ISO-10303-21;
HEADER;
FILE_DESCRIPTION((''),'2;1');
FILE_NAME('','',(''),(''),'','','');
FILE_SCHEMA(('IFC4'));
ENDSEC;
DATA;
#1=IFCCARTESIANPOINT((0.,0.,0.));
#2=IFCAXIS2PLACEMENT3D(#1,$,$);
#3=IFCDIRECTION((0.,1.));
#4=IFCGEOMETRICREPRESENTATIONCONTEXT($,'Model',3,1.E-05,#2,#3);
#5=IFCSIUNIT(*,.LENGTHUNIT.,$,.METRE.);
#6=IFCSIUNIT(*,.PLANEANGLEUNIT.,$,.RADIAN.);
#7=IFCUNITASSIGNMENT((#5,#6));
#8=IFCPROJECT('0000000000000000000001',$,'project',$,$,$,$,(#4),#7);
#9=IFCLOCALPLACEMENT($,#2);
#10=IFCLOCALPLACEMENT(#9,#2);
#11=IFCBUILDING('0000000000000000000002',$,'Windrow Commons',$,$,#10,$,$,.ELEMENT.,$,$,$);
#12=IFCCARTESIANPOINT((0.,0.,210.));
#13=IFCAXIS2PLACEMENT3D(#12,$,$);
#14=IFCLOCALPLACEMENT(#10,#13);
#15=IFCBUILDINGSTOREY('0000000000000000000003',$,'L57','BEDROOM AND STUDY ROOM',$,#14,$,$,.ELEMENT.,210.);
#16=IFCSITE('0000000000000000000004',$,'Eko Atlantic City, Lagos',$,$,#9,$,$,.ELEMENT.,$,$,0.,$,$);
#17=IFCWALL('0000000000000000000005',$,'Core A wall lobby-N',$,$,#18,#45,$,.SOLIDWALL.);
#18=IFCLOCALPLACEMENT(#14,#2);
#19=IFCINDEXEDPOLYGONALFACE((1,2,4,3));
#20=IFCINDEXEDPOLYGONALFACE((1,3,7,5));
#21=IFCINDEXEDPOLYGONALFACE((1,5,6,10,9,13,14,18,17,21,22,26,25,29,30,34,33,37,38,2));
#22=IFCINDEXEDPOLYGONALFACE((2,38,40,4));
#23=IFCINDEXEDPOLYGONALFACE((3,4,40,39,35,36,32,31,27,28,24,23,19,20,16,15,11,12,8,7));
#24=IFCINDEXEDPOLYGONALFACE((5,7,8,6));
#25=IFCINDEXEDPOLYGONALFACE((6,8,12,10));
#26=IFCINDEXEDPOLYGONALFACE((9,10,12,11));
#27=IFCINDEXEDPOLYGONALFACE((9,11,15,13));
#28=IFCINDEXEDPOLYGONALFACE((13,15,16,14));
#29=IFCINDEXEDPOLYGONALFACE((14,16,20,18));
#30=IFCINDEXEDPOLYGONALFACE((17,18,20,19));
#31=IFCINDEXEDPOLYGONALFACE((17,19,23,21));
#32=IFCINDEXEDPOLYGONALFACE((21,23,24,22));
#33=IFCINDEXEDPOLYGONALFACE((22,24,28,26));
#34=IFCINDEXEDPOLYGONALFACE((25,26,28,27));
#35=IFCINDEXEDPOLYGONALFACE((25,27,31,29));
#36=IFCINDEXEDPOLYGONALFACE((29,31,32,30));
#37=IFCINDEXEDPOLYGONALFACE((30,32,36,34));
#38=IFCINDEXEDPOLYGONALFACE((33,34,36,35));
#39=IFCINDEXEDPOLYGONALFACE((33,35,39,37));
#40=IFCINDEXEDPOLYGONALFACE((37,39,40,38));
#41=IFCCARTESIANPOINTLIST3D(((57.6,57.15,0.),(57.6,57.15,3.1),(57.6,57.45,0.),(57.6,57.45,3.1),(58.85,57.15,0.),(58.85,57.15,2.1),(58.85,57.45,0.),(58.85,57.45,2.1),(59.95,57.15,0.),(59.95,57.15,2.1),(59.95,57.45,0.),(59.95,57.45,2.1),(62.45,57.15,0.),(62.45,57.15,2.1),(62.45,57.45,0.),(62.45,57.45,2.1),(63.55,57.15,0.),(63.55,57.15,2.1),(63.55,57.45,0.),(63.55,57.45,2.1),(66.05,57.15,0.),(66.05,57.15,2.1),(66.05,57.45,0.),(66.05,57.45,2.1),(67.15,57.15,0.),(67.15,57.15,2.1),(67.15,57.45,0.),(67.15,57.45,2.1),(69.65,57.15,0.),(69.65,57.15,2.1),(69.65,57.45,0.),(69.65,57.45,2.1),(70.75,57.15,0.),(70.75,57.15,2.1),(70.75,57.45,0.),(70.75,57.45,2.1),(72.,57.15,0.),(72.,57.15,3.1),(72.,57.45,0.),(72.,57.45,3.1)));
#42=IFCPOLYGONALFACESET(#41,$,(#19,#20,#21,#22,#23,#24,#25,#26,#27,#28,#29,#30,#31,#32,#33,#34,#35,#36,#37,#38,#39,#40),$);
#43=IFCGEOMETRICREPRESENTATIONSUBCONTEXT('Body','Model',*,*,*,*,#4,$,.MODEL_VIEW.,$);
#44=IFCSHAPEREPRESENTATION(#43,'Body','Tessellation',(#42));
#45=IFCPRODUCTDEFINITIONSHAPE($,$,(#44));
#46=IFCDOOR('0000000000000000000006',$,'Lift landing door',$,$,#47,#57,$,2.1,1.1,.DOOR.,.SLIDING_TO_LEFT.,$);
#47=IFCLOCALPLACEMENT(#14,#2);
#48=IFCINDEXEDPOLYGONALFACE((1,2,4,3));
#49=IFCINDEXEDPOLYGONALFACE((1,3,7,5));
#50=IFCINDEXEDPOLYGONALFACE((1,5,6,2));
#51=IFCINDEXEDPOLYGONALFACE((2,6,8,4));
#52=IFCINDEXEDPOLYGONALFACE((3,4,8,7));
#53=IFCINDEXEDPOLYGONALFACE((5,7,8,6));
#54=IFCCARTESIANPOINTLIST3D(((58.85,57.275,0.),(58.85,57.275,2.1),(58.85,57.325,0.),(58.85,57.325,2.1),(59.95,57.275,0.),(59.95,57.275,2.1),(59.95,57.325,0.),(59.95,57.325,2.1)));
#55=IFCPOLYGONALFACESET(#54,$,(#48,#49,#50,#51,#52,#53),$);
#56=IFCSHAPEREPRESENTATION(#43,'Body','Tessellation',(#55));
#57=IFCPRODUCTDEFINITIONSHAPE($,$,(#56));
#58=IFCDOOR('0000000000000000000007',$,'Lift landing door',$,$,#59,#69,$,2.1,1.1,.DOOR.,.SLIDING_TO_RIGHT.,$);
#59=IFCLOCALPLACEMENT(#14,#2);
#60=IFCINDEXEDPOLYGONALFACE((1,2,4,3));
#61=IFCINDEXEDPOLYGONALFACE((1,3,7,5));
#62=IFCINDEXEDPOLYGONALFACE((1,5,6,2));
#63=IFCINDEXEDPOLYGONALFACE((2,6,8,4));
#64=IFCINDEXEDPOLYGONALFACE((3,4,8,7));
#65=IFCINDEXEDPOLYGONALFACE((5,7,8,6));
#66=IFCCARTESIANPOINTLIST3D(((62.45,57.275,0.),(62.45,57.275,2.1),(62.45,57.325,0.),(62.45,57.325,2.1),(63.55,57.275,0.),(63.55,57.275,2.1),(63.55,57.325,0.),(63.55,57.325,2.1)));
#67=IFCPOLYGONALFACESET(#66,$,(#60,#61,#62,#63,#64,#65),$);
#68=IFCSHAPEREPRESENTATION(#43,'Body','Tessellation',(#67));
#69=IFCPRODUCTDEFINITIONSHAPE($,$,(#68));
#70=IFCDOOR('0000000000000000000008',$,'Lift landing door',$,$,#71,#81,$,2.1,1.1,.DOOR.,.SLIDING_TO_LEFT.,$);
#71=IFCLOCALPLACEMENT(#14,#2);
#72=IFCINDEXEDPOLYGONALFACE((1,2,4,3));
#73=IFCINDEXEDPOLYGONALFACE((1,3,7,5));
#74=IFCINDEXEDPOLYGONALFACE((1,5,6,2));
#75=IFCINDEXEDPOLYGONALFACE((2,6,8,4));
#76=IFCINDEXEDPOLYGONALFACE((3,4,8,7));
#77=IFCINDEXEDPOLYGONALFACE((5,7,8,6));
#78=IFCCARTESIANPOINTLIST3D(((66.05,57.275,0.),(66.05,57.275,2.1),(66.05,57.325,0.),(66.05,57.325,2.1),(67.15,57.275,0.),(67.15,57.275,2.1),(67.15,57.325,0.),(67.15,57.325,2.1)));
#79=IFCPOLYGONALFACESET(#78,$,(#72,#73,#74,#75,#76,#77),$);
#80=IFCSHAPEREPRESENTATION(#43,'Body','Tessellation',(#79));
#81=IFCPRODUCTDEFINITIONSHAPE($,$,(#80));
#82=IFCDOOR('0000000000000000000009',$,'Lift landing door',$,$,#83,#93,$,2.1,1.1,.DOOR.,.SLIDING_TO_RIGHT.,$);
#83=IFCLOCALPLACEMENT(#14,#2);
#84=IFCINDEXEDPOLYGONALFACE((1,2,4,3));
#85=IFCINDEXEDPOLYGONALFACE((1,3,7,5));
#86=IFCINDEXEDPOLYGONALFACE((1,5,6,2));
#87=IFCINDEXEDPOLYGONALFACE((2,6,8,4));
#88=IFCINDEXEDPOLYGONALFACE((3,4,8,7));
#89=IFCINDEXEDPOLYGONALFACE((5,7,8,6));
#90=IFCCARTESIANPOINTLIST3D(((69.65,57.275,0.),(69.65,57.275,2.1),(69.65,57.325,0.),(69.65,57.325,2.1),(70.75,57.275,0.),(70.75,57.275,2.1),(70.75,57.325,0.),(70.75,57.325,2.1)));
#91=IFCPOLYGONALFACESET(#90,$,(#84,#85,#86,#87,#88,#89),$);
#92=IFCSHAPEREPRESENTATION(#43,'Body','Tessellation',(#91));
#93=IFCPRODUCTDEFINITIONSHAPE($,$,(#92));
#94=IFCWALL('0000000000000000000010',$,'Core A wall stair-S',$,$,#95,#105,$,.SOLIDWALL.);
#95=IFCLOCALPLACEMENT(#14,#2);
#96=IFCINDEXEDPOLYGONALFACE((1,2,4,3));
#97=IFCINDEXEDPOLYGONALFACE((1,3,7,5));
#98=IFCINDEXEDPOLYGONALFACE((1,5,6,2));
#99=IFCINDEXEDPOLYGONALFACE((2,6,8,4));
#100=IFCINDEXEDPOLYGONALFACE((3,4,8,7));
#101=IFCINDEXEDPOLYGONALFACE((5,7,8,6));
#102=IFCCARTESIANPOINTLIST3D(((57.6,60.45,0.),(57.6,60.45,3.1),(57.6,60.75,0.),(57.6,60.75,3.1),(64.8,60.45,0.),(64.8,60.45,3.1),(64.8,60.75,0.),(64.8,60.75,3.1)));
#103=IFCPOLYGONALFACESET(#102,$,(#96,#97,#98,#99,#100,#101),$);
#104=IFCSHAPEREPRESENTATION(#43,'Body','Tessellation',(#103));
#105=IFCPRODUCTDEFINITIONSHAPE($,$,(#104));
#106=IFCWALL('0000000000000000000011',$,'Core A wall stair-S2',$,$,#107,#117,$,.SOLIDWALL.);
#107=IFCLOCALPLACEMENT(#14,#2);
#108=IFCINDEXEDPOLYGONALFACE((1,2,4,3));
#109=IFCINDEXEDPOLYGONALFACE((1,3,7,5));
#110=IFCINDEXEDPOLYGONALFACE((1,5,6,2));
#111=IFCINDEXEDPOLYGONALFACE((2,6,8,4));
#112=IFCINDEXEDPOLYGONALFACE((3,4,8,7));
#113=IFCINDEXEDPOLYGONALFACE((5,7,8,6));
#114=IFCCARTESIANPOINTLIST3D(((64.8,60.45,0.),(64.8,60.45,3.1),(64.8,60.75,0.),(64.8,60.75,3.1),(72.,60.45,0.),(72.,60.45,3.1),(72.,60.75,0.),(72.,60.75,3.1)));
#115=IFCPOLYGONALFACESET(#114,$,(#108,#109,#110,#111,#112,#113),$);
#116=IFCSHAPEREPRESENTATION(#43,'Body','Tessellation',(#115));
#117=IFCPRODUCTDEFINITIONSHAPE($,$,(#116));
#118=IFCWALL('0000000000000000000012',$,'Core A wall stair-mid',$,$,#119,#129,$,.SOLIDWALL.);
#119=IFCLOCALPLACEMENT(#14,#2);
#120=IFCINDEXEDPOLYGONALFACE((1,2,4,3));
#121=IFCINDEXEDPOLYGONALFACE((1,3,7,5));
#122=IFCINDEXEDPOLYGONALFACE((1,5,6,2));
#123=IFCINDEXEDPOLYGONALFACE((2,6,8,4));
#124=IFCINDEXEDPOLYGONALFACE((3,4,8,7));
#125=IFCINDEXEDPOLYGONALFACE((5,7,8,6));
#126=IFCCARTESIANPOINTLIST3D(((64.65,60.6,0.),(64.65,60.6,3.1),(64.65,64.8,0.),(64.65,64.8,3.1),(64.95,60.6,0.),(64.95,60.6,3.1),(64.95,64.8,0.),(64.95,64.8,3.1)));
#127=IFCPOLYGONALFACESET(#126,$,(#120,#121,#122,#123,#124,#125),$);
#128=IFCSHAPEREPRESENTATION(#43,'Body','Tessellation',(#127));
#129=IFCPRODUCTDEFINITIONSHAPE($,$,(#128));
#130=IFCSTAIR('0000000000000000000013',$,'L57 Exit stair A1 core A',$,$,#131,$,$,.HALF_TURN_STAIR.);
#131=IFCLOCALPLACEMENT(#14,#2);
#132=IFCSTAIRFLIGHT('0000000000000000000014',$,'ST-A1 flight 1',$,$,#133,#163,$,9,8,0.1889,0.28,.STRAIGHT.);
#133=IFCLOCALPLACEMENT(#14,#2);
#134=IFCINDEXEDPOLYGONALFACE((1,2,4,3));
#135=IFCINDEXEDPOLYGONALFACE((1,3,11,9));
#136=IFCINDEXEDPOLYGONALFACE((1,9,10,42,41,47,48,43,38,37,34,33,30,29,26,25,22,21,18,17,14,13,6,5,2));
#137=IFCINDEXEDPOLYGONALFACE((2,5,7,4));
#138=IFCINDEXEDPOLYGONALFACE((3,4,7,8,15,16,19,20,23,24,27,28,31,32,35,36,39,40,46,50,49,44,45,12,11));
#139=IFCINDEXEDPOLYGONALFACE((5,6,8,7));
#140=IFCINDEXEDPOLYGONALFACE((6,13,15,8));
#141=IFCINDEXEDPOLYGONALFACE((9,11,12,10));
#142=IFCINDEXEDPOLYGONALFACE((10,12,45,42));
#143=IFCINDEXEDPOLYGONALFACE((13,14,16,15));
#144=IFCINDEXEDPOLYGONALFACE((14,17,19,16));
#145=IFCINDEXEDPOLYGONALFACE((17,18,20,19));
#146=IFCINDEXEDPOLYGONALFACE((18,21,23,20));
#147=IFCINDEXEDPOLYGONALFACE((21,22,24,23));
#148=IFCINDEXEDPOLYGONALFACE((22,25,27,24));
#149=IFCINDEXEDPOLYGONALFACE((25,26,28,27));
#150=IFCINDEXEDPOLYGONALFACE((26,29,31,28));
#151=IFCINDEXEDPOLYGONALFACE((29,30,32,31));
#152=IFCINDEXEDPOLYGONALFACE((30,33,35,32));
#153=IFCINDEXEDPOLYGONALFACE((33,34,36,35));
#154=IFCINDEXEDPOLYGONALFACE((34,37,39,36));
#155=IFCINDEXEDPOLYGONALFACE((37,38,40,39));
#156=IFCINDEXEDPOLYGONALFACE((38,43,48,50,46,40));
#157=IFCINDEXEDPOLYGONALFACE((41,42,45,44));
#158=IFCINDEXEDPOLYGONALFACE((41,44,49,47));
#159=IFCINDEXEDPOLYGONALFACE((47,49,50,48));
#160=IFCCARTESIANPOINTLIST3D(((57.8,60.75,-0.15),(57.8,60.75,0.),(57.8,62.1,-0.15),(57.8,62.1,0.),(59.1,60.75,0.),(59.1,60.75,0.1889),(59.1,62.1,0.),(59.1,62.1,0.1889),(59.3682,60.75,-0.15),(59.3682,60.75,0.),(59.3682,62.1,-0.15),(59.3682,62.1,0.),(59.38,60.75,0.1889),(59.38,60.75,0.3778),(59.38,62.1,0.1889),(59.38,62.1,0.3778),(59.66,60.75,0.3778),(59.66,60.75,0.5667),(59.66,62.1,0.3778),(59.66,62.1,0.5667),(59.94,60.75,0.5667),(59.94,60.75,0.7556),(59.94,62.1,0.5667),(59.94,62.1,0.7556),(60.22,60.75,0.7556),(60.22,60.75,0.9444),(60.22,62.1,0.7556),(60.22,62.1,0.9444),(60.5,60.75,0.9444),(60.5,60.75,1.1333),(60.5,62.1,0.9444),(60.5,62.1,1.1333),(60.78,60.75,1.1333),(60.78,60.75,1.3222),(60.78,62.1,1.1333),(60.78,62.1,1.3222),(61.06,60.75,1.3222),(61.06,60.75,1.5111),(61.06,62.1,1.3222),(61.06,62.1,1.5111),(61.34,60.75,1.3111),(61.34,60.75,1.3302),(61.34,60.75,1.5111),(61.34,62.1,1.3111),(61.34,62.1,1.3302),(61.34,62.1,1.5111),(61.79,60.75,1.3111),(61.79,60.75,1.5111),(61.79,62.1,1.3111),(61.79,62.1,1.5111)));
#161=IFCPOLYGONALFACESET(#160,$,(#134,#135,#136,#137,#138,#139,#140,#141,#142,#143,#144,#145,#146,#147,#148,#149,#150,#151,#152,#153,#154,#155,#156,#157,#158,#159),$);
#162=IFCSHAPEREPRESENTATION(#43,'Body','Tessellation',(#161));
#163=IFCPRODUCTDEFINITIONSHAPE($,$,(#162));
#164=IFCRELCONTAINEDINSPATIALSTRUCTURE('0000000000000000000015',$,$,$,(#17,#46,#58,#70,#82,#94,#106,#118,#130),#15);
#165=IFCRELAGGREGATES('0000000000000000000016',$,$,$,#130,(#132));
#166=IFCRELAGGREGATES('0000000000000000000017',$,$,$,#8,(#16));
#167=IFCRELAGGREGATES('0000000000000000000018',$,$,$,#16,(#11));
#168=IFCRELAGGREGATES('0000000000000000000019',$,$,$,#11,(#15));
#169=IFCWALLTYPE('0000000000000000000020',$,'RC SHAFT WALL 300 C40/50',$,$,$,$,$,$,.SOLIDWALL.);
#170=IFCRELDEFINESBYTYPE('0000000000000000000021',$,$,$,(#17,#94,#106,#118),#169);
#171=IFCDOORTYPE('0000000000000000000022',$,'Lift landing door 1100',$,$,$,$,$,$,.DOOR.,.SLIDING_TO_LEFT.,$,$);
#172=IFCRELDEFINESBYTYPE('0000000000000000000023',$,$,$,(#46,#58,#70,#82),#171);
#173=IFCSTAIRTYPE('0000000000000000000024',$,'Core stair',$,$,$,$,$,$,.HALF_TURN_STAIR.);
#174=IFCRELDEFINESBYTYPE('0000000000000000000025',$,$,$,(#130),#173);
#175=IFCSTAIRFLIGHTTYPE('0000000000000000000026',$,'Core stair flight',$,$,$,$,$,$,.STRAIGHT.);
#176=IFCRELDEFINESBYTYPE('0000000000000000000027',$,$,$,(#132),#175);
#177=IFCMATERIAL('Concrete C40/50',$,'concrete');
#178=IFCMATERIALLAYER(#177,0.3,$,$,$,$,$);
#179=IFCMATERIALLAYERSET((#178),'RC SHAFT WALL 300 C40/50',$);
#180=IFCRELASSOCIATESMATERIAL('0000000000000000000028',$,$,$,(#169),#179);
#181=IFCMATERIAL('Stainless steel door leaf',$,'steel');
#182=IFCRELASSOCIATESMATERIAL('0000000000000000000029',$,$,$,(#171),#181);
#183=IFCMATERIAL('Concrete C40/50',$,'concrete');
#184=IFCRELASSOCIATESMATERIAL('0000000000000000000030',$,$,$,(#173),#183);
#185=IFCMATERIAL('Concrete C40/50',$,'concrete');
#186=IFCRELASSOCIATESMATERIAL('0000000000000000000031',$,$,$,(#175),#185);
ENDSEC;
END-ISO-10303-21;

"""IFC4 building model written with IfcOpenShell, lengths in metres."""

from ifc_helpers import new_model, si_unit, direction, frame, frame_2d, origin, place, context, subcontext, project, spatial, polyline, rectangle, outline, extrude, material, layer, layer_set, type_object, element, fill, aggregate, save


model = new_model("IFC4")

# Units and contexts
model_context = context("Model", 3, precision=1e-05, world=origin(), true_north=direction((0.0, 1.0)))
body_context = subcontext(model_context, "Body", "Model", "MODEL_VIEW")
ifc_project = project(units=[si_unit("LENGTHUNIT", "METRE"), si_unit("PLANEANGLEUNIT", "RADIAN")], contexts=[model_context])

# Site, building, storey
site_placement = place(None, origin())
site = spatial("IfcSite", under=ifc_project, at=site_placement, Name="Eko Atlantic City, Lagos", CompositionType="ELEMENT", RefElevation=0.0)
building_placement = place(site_placement, origin())
building = spatial("IfcBuilding", under=site, at=building_placement, Name="Windrow Commons", CompositionType="ELEMENT")
storey_placement = place(building_placement, frame((0.0, 0.0, 210.0)))
storey = spatial("IfcBuildingStorey", under=building, at=storey_placement, Name="L57", Description="BEDROOM AND STUDY ROOM", CompositionType="ELEMENT", Elevation=210.0)

# Shared definitions
ifc_material_1 = material(Name="Concrete C40/50", Category="concrete")
ifc_layer_1 = layer(ifc_material_1, 0.3)
ifc_layer_set_1 = layer_set([ifc_layer_1], Name="RC SHAFT WALL 300 C40/50")
wall_type_1 = type_object("IfcWallType", Name="RC SHAFT WALL 300 C40/50", PredefinedType="SOLIDWALL", material=ifc_layer_set_1)

# Wall, openings, doors
ifc_material_2 = material(Name="Stainless steel door leaf", Category="steel")
door_type_1 = type_object("IfcDoorType", Name="Lift landing door 1100", OperationType="SLIDING_TO_LEFT", PredefinedType="DOOR", material=ifc_material_2)
wall_1_placement = place(storey_placement, frame((57.6, 57.3, 0.0), z_axis=(0.0, 0.0, 1.0), x_axis=(1.0, 0.0, 0.0)))
wall_1 = element("IfcWall", 1, at=wall_1_placement, inside=storey, type_object=wall_type_1, Name="Core A wall lobby-N", PredefinedType="SOLIDWALL", context=body_context, shape_type="SweptSolid", body=[
    extrude(rectangle(XDim=14.4, YDim=0.3, at=frame_2d((7.2, 0.0))), origin(), (0.0, 0.0, 1.0), 3.1),
])
opening_1_placement = place(wall_1_placement, frame((1.25, 0.0, 0.0)))
opening_1 = element("IfcOpeningElement", 2, at=opening_1_placement, cuts=wall_1, PredefinedType="OPENING", context=body_context, shape_type="SweptSolid", body=[
    extrude(rectangle(XDim=1.1, YDim=2.1, at=frame_2d((0.55, 1.05))), frame((0.0, 0.16, 0.0), z_axis=(0.0, -1.0, 0.0), x_axis=(1.0, 0.0, 0.0)), (0.0, 0.0, 1.0), 0.32),
])
opening_2_placement = place(wall_1_placement, frame((4.85, 0.0, 0.0)))
opening_2 = element("IfcOpeningElement", 3, at=opening_2_placement, cuts=wall_1, PredefinedType="OPENING", context=body_context, shape_type="SweptSolid", body=[
    extrude(rectangle(XDim=1.1, YDim=2.1, at=frame_2d((0.55, 1.05))), frame((0.0, 0.16, 0.0), z_axis=(0.0, -1.0, 0.0), x_axis=(1.0, 0.0, 0.0)), (0.0, 0.0, 1.0), 0.32),
])
opening_3_placement = place(wall_1_placement, frame((8.45, 0.0, 0.0)))
opening_3 = element("IfcOpeningElement", 4, at=opening_3_placement, cuts=wall_1, PredefinedType="OPENING", context=body_context, shape_type="SweptSolid", body=[
    extrude(rectangle(XDim=1.1, YDim=2.1, at=frame_2d((0.55, 1.05))), frame((0.0, 0.16, 0.0), z_axis=(0.0, -1.0, 0.0), x_axis=(1.0, 0.0, 0.0)), (0.0, 0.0, 1.0), 0.32),
])
opening_4_placement = place(wall_1_placement, frame((12.05, 0.0, 0.0)))
opening_4 = element("IfcOpeningElement", 5, at=opening_4_placement, cuts=wall_1, PredefinedType="OPENING", context=body_context, shape_type="SweptSolid", body=[
    extrude(rectangle(XDim=1.1, YDim=2.1, at=frame_2d((0.55, 1.05))), frame((0.0, 0.16, 0.0), z_axis=(0.0, -1.0, 0.0), x_axis=(1.0, 0.0, 0.0)), (0.0, 0.0, 1.0), 0.32),
])
door_1_placement = place(opening_1_placement, origin())
door_1 = element("IfcDoor", 6, at=door_1_placement, inside=storey, type_object=door_type_1, Name="Lift landing door", OperationType="SLIDING_TO_LEFT", OverallHeight=2.1, OverallWidth=1.1, PredefinedType="DOOR", context=body_context, shape_type="SweptSolid", body=[
    extrude(rectangle(XDim=1.1, YDim=2.1, at=frame_2d((0.55, 1.05))), frame((0.0, 0.025, 0.0), z_axis=(0.0, -1.0, 0.0), x_axis=(1.0, 0.0, 0.0)), (0.0, 0.0, 1.0), 0.05),
])
fill(opening_1, door_1)
door_2_placement = place(opening_2_placement, origin())
door_2 = element("IfcDoor", 7, at=door_2_placement, inside=storey, type_object=door_type_1, Name="Lift landing door", OperationType="SLIDING_TO_RIGHT", OverallHeight=2.1, OverallWidth=1.1, PredefinedType="DOOR", context=body_context, shape_type="SweptSolid", body=[
    extrude(rectangle(XDim=1.1, YDim=2.1, at=frame_2d((0.55, 1.05))), frame((0.0, 0.025, 0.0), z_axis=(0.0, -1.0, 0.0), x_axis=(1.0, 0.0, 0.0)), (0.0, 0.0, 1.0), 0.05),
])
fill(opening_2, door_2)
door_3_placement = place(opening_3_placement, origin())
door_3 = element("IfcDoor", 8, at=door_3_placement, inside=storey, type_object=door_type_1, Name="Lift landing door", OperationType="SLIDING_TO_LEFT", OverallHeight=2.1, OverallWidth=1.1, PredefinedType="DOOR", context=body_context, shape_type="SweptSolid", body=[
    extrude(rectangle(XDim=1.1, YDim=2.1, at=frame_2d((0.55, 1.05))), frame((0.0, 0.025, 0.0), z_axis=(0.0, -1.0, 0.0), x_axis=(1.0, 0.0, 0.0)), (0.0, 0.0, 1.0), 0.05),
])
fill(opening_3, door_3)
door_4_placement = place(opening_4_placement, origin())
door_4 = element("IfcDoor", 9, at=door_4_placement, inside=storey, type_object=door_type_1, Name="Lift landing door", OperationType="SLIDING_TO_RIGHT", OverallHeight=2.1, OverallWidth=1.1, PredefinedType="DOOR", context=body_context, shape_type="SweptSolid", body=[
    extrude(rectangle(XDim=1.1, YDim=2.1, at=frame_2d((0.55, 1.05))), frame((0.0, 0.025, 0.0), z_axis=(0.0, -1.0, 0.0), x_axis=(1.0, 0.0, 0.0)), (0.0, 0.0, 1.0), 0.05),
])
fill(opening_4, door_4)

# Walls
for number, where, z_axis, x_axis, name in (
    (10, (57.6, 60.6, 0.0), (0.0, 0.0, 1.0), (1.0, 0.0, 0.0), "Core A wall stair-S"),
    (11, (64.8, 60.6, 0.0), (0.0, 0.0, 1.0), (1.0, 0.0, 0.0), "Core A wall stair-S2"),
):
    element("IfcWall", number, at=place(storey_placement, frame(where, z_axis=z_axis, x_axis=x_axis)), inside=storey, type_object=wall_type_1, Name=name, PredefinedType="SOLIDWALL", context=body_context, shape_type="SweptSolid", body=[
        extrude(rectangle(XDim=7.2, YDim=0.3, at=frame_2d((3.6, 0.0))), origin(), (0.0, 0.0, 1.0), 3.1),
    ])
wall_2_placement = place(storey_placement, frame((64.8, 60.6, 0.0), z_axis=(0.0, 0.0, 1.0), x_axis=(0.0, 1.0, 0.0)))
element("IfcWall", 12, at=wall_2_placement, inside=storey, type_object=wall_type_1, Name="Core A wall stair-mid", PredefinedType="SOLIDWALL", context=body_context, shape_type="SweptSolid", body=[
    extrude(rectangle(XDim=4.2, YDim=0.3, at=frame_2d((2.1, 0.0))), origin(), (0.0, 0.0, 1.0), 3.1),
])

# Stair, stair flight
ifc_material_3 = material(Name="Concrete C40/50", Category="concrete")
stair_type = type_object("IfcStairType", Name="Core stair", PredefinedType="HALF_TURN_STAIR", material=ifc_material_3)
stair_placement = place(storey_placement, origin())
stair = element("IfcStair", 13, at=stair_placement, inside=storey, type_object=stair_type, Name="L57 Exit stair A1 core A", PredefinedType="HALF_TURN_STAIR")
ifc_material_4 = material(Name="Concrete C40/50", Category="concrete")
stair_flight_type = type_object("IfcStairFlightType", Name="Core stair flight", PredefinedType="STRAIGHT", material=ifc_material_4)
stair_flight_placement = place(storey_placement, frame((59.1, 61.425, 0.0), z_axis=(0.0, 0.0, 1.0), x_axis=(1.0, 0.0, 0.0)))
stair_flight = element("IfcStairFlight", 14, at=stair_flight_placement, type_object=stair_flight_type, Name="ST-A1 flight 1", NumberOfRisers=9, NumberOfTreads=8, PredefinedType="STRAIGHT", RiserHeight=0.1889, TreadLength=0.28, context=body_context, shape_type="SweptSolid", body=[
    extrude(outline(polyline([(-1.3, -0.15), (-1.3, 0.0), (0.0, 0.0), (0.0, 0.1889), (0.28, 0.1889), (0.28, 0.3778), (0.56, 0.3778), (0.56, 0.5667), (0.84, 0.5667), (0.84, 0.7556), (1.12, 0.7556), (1.12, 0.9444), (1.4, 0.9444), (1.4, 1.1333), (1.68, 1.1333), (1.68, 1.3222), (1.96, 1.3222), (1.96, 1.5111), (2.24, 1.5111), (2.69, 1.5111), (2.69, 1.3111), (2.24, 1.3111), (2.24, 1.3302), (0.2682, 0.0), (0.2682, -0.15), (-1.3, -0.15)])), frame((0.0, 0.675, 0.0), z_axis=(0.0, -1.0, 0.0), x_axis=(1.0, 0.0, 0.0)), (0.0, 0.0, 1.0), 1.35),
])
aggregate(stair, [stair_flight])

save(model, "model.ifc")
